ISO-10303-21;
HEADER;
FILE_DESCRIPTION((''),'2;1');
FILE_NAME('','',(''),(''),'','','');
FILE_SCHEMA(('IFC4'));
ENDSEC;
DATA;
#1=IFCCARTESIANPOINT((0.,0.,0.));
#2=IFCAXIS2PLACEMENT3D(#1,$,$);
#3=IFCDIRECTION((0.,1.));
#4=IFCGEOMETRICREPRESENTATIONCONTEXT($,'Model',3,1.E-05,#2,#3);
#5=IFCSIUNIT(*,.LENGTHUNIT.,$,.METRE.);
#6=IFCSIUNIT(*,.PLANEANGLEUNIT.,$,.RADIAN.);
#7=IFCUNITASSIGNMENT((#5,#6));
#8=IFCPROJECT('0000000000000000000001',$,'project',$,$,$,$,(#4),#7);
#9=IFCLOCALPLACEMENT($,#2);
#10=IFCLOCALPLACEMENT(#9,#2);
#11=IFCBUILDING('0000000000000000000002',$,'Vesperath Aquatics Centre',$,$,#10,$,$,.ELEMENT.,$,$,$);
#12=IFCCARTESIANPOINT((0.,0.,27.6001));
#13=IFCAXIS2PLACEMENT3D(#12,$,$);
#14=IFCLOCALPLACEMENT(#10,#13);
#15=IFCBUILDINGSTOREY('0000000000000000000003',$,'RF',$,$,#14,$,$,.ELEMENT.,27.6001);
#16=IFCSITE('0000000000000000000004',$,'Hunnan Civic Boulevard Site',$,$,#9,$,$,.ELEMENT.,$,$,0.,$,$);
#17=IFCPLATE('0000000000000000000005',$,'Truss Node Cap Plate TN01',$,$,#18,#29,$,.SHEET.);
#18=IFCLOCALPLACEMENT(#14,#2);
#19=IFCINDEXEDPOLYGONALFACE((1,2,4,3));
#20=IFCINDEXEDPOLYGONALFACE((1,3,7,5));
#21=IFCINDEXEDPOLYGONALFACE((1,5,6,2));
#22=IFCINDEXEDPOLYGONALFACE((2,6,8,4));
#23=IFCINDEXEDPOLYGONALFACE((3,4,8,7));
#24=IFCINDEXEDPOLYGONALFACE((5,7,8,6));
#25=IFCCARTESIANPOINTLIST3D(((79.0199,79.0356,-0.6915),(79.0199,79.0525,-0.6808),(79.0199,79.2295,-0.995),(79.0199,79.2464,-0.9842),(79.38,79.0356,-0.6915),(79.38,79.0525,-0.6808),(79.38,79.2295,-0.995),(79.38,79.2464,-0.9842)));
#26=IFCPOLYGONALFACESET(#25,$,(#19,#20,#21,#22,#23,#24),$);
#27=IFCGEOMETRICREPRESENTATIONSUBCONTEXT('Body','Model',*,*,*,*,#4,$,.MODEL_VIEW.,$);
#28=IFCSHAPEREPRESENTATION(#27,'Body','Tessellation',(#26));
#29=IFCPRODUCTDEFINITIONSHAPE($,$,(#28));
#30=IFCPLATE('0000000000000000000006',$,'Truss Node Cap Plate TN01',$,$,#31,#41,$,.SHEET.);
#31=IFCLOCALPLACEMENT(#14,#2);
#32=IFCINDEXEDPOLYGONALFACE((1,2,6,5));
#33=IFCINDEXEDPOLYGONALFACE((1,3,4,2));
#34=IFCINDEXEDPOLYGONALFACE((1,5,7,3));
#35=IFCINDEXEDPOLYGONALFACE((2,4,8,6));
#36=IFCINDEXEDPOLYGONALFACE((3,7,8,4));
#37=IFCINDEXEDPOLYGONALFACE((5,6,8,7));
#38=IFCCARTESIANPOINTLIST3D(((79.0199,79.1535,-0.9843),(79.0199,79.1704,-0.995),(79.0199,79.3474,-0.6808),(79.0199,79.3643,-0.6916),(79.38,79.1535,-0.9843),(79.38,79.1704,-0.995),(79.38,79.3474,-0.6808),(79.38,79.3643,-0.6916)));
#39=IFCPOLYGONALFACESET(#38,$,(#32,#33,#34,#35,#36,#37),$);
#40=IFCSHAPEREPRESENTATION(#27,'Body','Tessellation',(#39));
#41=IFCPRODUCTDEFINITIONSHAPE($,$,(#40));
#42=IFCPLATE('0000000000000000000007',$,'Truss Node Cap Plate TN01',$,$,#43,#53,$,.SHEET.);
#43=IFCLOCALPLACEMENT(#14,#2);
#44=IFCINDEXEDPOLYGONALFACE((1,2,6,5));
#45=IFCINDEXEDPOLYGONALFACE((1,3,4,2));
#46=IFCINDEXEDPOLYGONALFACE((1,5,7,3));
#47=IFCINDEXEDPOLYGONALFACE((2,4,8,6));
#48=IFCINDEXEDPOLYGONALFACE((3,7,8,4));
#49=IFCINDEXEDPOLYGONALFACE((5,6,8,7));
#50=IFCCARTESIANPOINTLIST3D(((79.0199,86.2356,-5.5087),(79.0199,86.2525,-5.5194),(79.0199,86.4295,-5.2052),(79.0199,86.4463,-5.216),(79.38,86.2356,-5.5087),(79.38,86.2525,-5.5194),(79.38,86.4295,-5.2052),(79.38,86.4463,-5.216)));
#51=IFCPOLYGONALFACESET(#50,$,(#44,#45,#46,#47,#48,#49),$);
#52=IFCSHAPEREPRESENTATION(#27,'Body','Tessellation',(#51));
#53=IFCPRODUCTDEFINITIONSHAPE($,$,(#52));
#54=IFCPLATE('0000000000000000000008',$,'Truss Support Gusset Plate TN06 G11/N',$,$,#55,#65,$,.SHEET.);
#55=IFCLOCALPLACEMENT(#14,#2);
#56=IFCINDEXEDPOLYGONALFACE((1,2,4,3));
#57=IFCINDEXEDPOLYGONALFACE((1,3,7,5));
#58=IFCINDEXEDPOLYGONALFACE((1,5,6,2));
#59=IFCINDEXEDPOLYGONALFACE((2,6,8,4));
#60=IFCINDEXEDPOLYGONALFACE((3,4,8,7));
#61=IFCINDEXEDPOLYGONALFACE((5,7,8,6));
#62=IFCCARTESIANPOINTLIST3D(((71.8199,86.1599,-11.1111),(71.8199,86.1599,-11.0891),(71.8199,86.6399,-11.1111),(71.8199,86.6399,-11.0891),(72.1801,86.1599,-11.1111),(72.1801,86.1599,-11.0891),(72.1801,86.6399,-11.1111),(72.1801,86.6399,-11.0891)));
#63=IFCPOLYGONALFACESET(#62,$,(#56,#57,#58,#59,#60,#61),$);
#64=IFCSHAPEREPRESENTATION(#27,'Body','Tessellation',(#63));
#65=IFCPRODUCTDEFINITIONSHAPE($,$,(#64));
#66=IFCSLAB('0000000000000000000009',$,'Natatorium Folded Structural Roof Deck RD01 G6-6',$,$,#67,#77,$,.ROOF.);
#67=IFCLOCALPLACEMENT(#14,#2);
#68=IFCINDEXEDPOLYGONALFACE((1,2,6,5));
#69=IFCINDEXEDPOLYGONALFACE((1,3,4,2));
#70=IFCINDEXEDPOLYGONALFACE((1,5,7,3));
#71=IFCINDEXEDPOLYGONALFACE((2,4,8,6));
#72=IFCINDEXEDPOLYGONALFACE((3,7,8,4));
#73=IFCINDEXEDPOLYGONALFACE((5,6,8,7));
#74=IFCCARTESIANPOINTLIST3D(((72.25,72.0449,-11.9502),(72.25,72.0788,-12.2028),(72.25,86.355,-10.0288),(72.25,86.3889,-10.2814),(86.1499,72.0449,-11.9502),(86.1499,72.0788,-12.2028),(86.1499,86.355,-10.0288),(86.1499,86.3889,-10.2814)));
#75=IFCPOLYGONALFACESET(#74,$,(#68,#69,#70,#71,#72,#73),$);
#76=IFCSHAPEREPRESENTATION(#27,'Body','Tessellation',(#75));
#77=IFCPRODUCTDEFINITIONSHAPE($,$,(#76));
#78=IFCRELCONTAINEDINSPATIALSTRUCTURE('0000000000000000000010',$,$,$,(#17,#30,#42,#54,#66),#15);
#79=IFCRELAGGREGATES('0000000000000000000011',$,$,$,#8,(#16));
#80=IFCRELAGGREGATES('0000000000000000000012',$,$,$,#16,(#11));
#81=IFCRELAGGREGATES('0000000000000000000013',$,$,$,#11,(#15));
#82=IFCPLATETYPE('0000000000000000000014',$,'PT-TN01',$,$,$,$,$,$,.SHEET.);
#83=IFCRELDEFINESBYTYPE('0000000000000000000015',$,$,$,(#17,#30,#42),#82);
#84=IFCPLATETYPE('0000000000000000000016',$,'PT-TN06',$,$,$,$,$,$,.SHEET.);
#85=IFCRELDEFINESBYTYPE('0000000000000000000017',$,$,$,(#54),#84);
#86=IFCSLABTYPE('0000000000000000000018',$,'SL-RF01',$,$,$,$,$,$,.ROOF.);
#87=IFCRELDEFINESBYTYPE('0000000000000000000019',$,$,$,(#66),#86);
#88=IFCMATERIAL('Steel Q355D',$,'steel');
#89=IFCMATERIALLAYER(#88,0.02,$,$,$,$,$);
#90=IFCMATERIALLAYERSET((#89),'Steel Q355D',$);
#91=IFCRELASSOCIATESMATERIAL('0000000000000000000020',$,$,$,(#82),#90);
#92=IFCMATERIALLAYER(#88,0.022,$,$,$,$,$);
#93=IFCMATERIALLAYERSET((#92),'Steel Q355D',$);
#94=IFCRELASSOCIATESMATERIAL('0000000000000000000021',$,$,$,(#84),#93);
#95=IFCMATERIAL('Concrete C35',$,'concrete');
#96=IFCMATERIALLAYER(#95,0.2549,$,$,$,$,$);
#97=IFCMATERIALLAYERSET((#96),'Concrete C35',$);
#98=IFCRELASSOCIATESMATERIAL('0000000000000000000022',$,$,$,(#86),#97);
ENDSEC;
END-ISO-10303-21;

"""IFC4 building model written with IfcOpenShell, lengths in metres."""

from ifc_helpers import new_model, si_unit, direction, frame, origin, origin_2d, place, context, subcontext, project, spatial, polyline, rectangle, outline, extrude, material, layer, layer_set, type_object, element, save


model = new_model("IFC4")

# Units and contexts
model_context = context("Model", 3, precision=1e-05, world=origin(), true_north=direction((0.0, 1.0)))
body_context = subcontext(model_context, "Body", "Model", "MODEL_VIEW")
ifc_project = project(units=[si_unit("LENGTHUNIT", "METRE"), si_unit("PLANEANGLEUNIT", "RADIAN")], contexts=[model_context])

# Site, building, storey
site_placement = place(None, origin())
site = spatial("IfcSite", under=ifc_project, at=site_placement, Name="Hunnan Civic Boulevard Site", CompositionType="ELEMENT", RefElevation=0.0)
building_placement = place(site_placement, origin())
building = spatial("IfcBuilding", under=site, at=building_placement, Name="Vesperath Aquatics Centre", CompositionType="ELEMENT")
storey_placement = place(building_placement, frame((0.0, 0.0, 27.6001)))
storey = spatial("IfcBuildingStorey", under=building, at=storey_placement, Name="RF", CompositionType="ELEMENT", Elevation=27.6001)

# Shared definitions
ifc_material_1 = material(Name="Steel Q355D", Category="steel")

# Plates
ifc_layer_1 = layer(ifc_material_1, 0.02)
ifc_layer_set_1 = layer_set([ifc_layer_1], Name="Steel Q355D")
plate_type_1 = type_object("IfcPlateType", Name="PT-TN01", PredefinedType="SHEET", material=ifc_layer_set_1)
for number, where, z_axis, x_axis, name in (
    (1, (79.2, 79.1326, -0.8433), (0.0, 0.842696, 0.538389), (-1.0, 0.0, 0.0), "Truss Node Cap Plate TN01"),
    (2, (79.2, 79.2505, -0.8325), (0.0, 0.842696, -0.538389), (-1.0, 0.0, 0.0), "Truss Node Cap Plate TN01"),
    (3, (79.2, 86.3325, -5.3569), (0.0, 0.842696, -0.538389), (-1.0, 0.0, 0.0), "Truss Node Cap Plate TN01"),
):
    element("IfcPlate", number, at=place(storey_placement, frame(where, z_axis=z_axis, x_axis=x_axis)), inside=storey, type_object=plate_type_1, Name=name, PredefinedType="SHEET", context=body_context, shape_type="SweptSolid", body=[
        extrude(rectangle(XDim=0.3601, YDim=0.3601, at=origin_2d()), origin(), (0.0, 0.0, 1.0), 0.02),
    ])
ifc_layer_2 = layer(ifc_material_1, 0.022)
ifc_layer_set_2 = layer_set([ifc_layer_2], Name="Steel Q355D")
plate_type_2 = type_object("IfcPlateType", Name="PT-TN06", PredefinedType="SHEET", material=ifc_layer_set_2)
plate_placement = place(storey_placement, frame((72.0, 86.3999, -11.1111), z_axis=(0.0, 0.0, 1.0), x_axis=(0.0, 1.0, 0.0)))
element("IfcPlate", 4, at=plate_placement, inside=storey, type_object=plate_type_2, Name="Truss Support Gusset Plate TN06 G11/N", PredefinedType="SHEET", context=body_context, shape_type="SweptSolid", body=[
    extrude(rectangle(XDim=0.48, YDim=0.3601, at=origin_2d()), origin(), (0.0, 0.0, 1.0), 0.022),
])

# Slab
ifc_material_2 = material(Name="Concrete C35", Category="concrete")
ifc_layer_3 = layer(ifc_material_2, 0.2549)
ifc_layer_set_3 = layer_set([ifc_layer_3], Name="Concrete C35")
slab_type = type_object("IfcSlabType", Name="SL-RF01", PredefinedType="ROOF", material=ifc_layer_set_3)
slab_placement = place(storey_placement, frame((72.25, 72.0449, -11.9502), z_axis=(0.0, -0.133074, 0.991106), x_axis=(1.0, 0.0, 0.0)))
element("IfcSlab", 5, at=slab_placement, inside=storey, type_object=slab_type, Name="Natatorium Folded Structural Roof Deck RD01 G6-6", PredefinedType="ROOF", context=body_context, shape_type="SweptSolid", body=[
    extrude(outline(polyline([(0.0, 0.0), (13.8999, 0.0), (13.8999, 14.4385), (0.0, 14.4385), (0.0, 0.0)])), origin(), (0.0, 0.0, -1.0), 0.2549),
])

save(model, "model.ifc")
